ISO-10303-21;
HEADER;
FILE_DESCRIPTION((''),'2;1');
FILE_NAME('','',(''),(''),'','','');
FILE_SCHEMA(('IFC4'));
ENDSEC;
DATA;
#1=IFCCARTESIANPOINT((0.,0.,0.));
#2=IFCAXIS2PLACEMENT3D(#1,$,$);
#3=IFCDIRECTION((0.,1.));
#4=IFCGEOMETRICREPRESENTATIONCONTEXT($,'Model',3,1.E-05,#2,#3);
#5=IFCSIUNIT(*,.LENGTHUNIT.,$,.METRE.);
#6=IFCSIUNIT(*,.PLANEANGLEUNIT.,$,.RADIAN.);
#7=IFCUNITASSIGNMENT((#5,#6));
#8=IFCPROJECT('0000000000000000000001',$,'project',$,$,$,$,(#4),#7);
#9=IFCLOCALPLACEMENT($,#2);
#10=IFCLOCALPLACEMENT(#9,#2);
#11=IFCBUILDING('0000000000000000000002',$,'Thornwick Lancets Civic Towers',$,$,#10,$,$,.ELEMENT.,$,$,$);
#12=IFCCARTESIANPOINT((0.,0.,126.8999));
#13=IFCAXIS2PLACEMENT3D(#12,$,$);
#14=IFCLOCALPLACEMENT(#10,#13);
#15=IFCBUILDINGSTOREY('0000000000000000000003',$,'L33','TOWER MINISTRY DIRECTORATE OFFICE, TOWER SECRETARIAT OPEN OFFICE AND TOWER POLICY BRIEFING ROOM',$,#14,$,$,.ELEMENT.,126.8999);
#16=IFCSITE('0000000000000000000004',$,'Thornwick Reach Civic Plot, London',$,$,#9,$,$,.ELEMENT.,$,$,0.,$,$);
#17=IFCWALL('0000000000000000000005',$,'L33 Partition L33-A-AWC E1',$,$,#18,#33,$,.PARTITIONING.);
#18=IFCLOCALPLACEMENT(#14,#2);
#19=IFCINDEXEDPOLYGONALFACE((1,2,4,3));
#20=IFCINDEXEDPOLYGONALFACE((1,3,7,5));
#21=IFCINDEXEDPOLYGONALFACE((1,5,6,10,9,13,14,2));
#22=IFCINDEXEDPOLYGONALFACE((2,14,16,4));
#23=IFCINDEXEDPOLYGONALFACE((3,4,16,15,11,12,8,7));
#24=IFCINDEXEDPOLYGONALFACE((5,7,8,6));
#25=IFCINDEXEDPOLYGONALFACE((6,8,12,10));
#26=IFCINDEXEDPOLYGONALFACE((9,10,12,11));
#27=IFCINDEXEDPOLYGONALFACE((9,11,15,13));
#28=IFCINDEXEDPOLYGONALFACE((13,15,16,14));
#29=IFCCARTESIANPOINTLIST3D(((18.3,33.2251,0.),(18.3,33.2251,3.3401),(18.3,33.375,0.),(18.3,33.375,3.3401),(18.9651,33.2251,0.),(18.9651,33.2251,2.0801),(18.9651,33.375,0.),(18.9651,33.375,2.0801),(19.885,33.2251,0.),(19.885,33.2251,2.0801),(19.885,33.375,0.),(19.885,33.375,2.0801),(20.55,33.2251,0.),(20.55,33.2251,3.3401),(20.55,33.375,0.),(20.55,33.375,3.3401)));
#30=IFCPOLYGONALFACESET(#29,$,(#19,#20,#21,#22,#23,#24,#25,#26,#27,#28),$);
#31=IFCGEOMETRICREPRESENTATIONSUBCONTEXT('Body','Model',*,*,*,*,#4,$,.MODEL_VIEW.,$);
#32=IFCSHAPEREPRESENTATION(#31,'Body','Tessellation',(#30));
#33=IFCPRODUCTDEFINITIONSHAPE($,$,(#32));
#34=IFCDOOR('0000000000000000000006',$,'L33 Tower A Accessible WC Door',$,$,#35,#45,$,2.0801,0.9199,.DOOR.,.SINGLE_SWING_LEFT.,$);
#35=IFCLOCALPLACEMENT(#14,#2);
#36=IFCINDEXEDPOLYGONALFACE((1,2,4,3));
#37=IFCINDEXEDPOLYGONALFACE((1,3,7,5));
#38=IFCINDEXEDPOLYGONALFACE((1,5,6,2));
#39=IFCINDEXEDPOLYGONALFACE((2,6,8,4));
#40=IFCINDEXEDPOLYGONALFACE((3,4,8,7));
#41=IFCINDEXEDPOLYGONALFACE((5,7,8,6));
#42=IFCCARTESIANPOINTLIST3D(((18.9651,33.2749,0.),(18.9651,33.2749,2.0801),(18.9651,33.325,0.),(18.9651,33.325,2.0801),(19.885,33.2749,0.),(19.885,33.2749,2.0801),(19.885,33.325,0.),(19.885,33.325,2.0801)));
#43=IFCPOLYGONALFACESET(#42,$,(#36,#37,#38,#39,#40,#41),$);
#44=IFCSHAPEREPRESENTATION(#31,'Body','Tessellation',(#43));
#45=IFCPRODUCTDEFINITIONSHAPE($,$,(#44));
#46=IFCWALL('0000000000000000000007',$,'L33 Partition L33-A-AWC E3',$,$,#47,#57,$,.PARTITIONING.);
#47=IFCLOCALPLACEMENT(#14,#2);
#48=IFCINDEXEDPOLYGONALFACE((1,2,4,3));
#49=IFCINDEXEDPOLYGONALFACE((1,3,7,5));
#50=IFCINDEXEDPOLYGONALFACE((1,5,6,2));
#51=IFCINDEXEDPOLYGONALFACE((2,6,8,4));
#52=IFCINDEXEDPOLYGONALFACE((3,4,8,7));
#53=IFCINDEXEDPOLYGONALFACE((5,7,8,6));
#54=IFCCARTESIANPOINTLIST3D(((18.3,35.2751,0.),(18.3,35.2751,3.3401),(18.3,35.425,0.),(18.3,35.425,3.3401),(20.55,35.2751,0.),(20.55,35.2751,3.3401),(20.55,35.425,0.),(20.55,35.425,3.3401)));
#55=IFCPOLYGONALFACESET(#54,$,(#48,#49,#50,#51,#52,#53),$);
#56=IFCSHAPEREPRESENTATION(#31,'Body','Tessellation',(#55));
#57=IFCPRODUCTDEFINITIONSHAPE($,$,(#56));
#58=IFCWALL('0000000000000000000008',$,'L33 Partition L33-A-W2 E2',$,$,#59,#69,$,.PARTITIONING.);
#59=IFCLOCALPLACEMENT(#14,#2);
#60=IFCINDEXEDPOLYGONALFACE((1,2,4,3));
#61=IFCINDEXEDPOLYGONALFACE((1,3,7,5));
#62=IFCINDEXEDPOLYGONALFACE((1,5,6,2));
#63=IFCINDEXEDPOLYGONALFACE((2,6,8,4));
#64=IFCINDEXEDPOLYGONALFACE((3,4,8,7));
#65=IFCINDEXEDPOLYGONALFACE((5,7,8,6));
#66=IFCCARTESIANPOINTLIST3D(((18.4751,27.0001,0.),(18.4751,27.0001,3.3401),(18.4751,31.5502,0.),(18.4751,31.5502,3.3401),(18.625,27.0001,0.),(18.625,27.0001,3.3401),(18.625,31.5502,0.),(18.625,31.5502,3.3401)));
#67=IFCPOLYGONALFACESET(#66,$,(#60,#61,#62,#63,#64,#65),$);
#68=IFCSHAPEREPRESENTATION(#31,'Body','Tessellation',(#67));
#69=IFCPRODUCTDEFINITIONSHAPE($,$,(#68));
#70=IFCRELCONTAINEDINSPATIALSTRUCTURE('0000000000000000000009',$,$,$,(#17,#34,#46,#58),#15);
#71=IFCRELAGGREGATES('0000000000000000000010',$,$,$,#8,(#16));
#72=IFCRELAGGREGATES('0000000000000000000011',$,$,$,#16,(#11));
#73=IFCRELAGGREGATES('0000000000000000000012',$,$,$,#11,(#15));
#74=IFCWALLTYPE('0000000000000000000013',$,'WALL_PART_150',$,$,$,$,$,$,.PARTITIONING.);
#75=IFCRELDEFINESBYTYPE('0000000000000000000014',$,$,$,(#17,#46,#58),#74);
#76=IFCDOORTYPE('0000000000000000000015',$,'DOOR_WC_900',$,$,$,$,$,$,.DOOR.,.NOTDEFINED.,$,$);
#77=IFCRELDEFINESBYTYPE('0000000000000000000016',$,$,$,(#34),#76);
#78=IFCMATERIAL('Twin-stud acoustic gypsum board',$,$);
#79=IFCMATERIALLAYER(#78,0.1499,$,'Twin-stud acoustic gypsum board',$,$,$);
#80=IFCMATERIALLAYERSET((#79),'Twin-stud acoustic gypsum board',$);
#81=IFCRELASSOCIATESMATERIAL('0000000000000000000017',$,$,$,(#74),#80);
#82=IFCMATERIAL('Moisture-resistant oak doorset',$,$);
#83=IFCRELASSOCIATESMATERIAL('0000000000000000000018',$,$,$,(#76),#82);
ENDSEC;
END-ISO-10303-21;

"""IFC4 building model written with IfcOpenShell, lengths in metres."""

from ifc_helpers import new_model, si_unit, direction, frame, frame_2d, origin, place, context, subcontext, project, spatial, rectangle, extrude, material, layer, layer_set, type_object, element, fill, save


model = new_model("IFC4")

# Units and contexts
model_context = context("Model", 3, precision=1e-05, world=origin(), true_north=direction((0.0, 1.0)))
body_context = subcontext(model_context, "Body", "Model", "MODEL_VIEW")
ifc_project = project(units=[si_unit("LENGTHUNIT", "METRE"), si_unit("PLANEANGLEUNIT", "RADIAN")], contexts=[model_context])

# Site, building, storey
site_placement = place(None, origin())
site = spatial("IfcSite", under=ifc_project, at=site_placement, Name="Thornwick Reach Civic Plot, London", CompositionType="ELEMENT", RefElevation=0.0)
building_placement = place(site_placement, origin())
building = spatial("IfcBuilding", under=site, at=building_placement, Name="Thornwick Lancets Civic Towers", CompositionType="ELEMENT")
storey_placement = place(building_placement, frame((0.0, 0.0, 126.8999)))
storey = spatial("IfcBuildingStorey", under=building, at=storey_placement, Name="L33", Description="TOWER MINISTRY DIRECTORATE OFFICE, TOWER SECRETARIAT OPEN OFFICE AND TOWER POLICY BRIEFING ROOM", CompositionType="ELEMENT", Elevation=126.8999)

# Wall, opening, door
ifc_material_1 = material(Name="Twin-stud acoustic gypsum board")
ifc_layer_1 = layer(ifc_material_1, 0.1499, Name="Twin-stud acoustic gypsum board")
ifc_layer_set_1 = layer_set([ifc_layer_1], Name="Twin-stud acoustic gypsum board")
wall_type_1 = type_object("IfcWallType", Name="WALL_PART_150", PredefinedType="PARTITIONING", material=ifc_layer_set_1)
wall_1_placement = place(storey_placement, frame((18.3, 33.3, 0.0), z_axis=(0.0, 0.0, 1.0), x_axis=(1.0, 0.0, 0.0)))
wall_1 = element("IfcWall", 1, at=wall_1_placement, inside=storey, type_object=wall_type_1, Name="L33 Partition L33-A-AWC E1", PredefinedType="PARTITIONING", context=body_context, shape_type="SweptSolid", body=[
    extrude(rectangle(XDim=2.25, YDim=0.1499, at=frame_2d((1.125, 0.0))), origin(), (0.0, 0.0, 1.0), 3.3401),
])
opening_1_placement = place(wall_1_placement, frame((0.665, 0.0, 0.0)))
opening_1 = element("IfcOpeningElement", 2, at=opening_1_placement, cuts=wall_1, PredefinedType="OPENING", context=body_context, shape_type="SweptSolid", body=[
    extrude(rectangle(XDim=0.9199, YDim=2.0801, at=frame_2d((0.46, 1.04))), frame((0.0, 0.085, 0.0), z_axis=(0.0, -1.0, 0.0), x_axis=(1.0, 0.0, 0.0)), (0.0, 0.0, 1.0), 0.1699),
])
ifc_material_2 = material(Name="Moisture-resistant oak doorset")
door_type_1 = type_object("IfcDoorType", Name="DOOR_WC_900", OperationType="NOTDEFINED", PredefinedType="DOOR", material=ifc_material_2)
door_1_placement = place(opening_1_placement, origin())
door_1 = element("IfcDoor", 3, at=door_1_placement, inside=storey, type_object=door_type_1, Name="L33 Tower A Accessible WC Door", OperationType="SINGLE_SWING_LEFT", OverallHeight=2.0801, OverallWidth=0.9199, PredefinedType="DOOR", context=body_context, shape_type="SweptSolid", body=[
    extrude(rectangle(XDim=0.9199, YDim=2.0801, at=frame_2d((0.46, 1.04))), frame((0.0, 0.0249, 0.0), z_axis=(0.0, -1.0, 0.0), x_axis=(1.0, 0.0, 0.0)), (0.0, 0.0, 1.0), 0.05),
])
fill(opening_1, door_1)

# Wall
wall_2_placement = place(storey_placement, frame((20.55, 35.3501, 0.0), z_axis=(0.0, 0.0, 1.0), x_axis=(-1.0, 0.0, 0.0)))
element("IfcWall", 4, at=wall_2_placement, inside=storey, type_object=wall_type_1, Name="L33 Partition L33-A-AWC E3", PredefinedType="PARTITIONING", context=body_context, shape_type="SweptSolid", body=[
    extrude(rectangle(XDim=2.25, YDim=0.1499, at=frame_2d((1.125, 0.0))), origin(), (0.0, 0.0, 1.0), 3.3401),
])

# Wall
wall_3_placement = place(storey_placement, frame((18.55, 31.55, 0.0), z_axis=(0.0, 0.0, 1.0), x_axis=(0.0, -1.0, 0.0)))
element("IfcWall", 5, at=wall_3_placement, inside=storey, type_object=wall_type_1, Name="L33 Partition L33-A-W2 E2", PredefinedType="PARTITIONING", context=body_context, shape_type="SweptSolid", body=[
    extrude(rectangle(XDim=4.55, YDim=0.1499, at=frame_2d((2.2749, 0.0))), origin(), (0.0, 0.0, 1.0), 3.3401),
])

save(model, "model.ifc")
